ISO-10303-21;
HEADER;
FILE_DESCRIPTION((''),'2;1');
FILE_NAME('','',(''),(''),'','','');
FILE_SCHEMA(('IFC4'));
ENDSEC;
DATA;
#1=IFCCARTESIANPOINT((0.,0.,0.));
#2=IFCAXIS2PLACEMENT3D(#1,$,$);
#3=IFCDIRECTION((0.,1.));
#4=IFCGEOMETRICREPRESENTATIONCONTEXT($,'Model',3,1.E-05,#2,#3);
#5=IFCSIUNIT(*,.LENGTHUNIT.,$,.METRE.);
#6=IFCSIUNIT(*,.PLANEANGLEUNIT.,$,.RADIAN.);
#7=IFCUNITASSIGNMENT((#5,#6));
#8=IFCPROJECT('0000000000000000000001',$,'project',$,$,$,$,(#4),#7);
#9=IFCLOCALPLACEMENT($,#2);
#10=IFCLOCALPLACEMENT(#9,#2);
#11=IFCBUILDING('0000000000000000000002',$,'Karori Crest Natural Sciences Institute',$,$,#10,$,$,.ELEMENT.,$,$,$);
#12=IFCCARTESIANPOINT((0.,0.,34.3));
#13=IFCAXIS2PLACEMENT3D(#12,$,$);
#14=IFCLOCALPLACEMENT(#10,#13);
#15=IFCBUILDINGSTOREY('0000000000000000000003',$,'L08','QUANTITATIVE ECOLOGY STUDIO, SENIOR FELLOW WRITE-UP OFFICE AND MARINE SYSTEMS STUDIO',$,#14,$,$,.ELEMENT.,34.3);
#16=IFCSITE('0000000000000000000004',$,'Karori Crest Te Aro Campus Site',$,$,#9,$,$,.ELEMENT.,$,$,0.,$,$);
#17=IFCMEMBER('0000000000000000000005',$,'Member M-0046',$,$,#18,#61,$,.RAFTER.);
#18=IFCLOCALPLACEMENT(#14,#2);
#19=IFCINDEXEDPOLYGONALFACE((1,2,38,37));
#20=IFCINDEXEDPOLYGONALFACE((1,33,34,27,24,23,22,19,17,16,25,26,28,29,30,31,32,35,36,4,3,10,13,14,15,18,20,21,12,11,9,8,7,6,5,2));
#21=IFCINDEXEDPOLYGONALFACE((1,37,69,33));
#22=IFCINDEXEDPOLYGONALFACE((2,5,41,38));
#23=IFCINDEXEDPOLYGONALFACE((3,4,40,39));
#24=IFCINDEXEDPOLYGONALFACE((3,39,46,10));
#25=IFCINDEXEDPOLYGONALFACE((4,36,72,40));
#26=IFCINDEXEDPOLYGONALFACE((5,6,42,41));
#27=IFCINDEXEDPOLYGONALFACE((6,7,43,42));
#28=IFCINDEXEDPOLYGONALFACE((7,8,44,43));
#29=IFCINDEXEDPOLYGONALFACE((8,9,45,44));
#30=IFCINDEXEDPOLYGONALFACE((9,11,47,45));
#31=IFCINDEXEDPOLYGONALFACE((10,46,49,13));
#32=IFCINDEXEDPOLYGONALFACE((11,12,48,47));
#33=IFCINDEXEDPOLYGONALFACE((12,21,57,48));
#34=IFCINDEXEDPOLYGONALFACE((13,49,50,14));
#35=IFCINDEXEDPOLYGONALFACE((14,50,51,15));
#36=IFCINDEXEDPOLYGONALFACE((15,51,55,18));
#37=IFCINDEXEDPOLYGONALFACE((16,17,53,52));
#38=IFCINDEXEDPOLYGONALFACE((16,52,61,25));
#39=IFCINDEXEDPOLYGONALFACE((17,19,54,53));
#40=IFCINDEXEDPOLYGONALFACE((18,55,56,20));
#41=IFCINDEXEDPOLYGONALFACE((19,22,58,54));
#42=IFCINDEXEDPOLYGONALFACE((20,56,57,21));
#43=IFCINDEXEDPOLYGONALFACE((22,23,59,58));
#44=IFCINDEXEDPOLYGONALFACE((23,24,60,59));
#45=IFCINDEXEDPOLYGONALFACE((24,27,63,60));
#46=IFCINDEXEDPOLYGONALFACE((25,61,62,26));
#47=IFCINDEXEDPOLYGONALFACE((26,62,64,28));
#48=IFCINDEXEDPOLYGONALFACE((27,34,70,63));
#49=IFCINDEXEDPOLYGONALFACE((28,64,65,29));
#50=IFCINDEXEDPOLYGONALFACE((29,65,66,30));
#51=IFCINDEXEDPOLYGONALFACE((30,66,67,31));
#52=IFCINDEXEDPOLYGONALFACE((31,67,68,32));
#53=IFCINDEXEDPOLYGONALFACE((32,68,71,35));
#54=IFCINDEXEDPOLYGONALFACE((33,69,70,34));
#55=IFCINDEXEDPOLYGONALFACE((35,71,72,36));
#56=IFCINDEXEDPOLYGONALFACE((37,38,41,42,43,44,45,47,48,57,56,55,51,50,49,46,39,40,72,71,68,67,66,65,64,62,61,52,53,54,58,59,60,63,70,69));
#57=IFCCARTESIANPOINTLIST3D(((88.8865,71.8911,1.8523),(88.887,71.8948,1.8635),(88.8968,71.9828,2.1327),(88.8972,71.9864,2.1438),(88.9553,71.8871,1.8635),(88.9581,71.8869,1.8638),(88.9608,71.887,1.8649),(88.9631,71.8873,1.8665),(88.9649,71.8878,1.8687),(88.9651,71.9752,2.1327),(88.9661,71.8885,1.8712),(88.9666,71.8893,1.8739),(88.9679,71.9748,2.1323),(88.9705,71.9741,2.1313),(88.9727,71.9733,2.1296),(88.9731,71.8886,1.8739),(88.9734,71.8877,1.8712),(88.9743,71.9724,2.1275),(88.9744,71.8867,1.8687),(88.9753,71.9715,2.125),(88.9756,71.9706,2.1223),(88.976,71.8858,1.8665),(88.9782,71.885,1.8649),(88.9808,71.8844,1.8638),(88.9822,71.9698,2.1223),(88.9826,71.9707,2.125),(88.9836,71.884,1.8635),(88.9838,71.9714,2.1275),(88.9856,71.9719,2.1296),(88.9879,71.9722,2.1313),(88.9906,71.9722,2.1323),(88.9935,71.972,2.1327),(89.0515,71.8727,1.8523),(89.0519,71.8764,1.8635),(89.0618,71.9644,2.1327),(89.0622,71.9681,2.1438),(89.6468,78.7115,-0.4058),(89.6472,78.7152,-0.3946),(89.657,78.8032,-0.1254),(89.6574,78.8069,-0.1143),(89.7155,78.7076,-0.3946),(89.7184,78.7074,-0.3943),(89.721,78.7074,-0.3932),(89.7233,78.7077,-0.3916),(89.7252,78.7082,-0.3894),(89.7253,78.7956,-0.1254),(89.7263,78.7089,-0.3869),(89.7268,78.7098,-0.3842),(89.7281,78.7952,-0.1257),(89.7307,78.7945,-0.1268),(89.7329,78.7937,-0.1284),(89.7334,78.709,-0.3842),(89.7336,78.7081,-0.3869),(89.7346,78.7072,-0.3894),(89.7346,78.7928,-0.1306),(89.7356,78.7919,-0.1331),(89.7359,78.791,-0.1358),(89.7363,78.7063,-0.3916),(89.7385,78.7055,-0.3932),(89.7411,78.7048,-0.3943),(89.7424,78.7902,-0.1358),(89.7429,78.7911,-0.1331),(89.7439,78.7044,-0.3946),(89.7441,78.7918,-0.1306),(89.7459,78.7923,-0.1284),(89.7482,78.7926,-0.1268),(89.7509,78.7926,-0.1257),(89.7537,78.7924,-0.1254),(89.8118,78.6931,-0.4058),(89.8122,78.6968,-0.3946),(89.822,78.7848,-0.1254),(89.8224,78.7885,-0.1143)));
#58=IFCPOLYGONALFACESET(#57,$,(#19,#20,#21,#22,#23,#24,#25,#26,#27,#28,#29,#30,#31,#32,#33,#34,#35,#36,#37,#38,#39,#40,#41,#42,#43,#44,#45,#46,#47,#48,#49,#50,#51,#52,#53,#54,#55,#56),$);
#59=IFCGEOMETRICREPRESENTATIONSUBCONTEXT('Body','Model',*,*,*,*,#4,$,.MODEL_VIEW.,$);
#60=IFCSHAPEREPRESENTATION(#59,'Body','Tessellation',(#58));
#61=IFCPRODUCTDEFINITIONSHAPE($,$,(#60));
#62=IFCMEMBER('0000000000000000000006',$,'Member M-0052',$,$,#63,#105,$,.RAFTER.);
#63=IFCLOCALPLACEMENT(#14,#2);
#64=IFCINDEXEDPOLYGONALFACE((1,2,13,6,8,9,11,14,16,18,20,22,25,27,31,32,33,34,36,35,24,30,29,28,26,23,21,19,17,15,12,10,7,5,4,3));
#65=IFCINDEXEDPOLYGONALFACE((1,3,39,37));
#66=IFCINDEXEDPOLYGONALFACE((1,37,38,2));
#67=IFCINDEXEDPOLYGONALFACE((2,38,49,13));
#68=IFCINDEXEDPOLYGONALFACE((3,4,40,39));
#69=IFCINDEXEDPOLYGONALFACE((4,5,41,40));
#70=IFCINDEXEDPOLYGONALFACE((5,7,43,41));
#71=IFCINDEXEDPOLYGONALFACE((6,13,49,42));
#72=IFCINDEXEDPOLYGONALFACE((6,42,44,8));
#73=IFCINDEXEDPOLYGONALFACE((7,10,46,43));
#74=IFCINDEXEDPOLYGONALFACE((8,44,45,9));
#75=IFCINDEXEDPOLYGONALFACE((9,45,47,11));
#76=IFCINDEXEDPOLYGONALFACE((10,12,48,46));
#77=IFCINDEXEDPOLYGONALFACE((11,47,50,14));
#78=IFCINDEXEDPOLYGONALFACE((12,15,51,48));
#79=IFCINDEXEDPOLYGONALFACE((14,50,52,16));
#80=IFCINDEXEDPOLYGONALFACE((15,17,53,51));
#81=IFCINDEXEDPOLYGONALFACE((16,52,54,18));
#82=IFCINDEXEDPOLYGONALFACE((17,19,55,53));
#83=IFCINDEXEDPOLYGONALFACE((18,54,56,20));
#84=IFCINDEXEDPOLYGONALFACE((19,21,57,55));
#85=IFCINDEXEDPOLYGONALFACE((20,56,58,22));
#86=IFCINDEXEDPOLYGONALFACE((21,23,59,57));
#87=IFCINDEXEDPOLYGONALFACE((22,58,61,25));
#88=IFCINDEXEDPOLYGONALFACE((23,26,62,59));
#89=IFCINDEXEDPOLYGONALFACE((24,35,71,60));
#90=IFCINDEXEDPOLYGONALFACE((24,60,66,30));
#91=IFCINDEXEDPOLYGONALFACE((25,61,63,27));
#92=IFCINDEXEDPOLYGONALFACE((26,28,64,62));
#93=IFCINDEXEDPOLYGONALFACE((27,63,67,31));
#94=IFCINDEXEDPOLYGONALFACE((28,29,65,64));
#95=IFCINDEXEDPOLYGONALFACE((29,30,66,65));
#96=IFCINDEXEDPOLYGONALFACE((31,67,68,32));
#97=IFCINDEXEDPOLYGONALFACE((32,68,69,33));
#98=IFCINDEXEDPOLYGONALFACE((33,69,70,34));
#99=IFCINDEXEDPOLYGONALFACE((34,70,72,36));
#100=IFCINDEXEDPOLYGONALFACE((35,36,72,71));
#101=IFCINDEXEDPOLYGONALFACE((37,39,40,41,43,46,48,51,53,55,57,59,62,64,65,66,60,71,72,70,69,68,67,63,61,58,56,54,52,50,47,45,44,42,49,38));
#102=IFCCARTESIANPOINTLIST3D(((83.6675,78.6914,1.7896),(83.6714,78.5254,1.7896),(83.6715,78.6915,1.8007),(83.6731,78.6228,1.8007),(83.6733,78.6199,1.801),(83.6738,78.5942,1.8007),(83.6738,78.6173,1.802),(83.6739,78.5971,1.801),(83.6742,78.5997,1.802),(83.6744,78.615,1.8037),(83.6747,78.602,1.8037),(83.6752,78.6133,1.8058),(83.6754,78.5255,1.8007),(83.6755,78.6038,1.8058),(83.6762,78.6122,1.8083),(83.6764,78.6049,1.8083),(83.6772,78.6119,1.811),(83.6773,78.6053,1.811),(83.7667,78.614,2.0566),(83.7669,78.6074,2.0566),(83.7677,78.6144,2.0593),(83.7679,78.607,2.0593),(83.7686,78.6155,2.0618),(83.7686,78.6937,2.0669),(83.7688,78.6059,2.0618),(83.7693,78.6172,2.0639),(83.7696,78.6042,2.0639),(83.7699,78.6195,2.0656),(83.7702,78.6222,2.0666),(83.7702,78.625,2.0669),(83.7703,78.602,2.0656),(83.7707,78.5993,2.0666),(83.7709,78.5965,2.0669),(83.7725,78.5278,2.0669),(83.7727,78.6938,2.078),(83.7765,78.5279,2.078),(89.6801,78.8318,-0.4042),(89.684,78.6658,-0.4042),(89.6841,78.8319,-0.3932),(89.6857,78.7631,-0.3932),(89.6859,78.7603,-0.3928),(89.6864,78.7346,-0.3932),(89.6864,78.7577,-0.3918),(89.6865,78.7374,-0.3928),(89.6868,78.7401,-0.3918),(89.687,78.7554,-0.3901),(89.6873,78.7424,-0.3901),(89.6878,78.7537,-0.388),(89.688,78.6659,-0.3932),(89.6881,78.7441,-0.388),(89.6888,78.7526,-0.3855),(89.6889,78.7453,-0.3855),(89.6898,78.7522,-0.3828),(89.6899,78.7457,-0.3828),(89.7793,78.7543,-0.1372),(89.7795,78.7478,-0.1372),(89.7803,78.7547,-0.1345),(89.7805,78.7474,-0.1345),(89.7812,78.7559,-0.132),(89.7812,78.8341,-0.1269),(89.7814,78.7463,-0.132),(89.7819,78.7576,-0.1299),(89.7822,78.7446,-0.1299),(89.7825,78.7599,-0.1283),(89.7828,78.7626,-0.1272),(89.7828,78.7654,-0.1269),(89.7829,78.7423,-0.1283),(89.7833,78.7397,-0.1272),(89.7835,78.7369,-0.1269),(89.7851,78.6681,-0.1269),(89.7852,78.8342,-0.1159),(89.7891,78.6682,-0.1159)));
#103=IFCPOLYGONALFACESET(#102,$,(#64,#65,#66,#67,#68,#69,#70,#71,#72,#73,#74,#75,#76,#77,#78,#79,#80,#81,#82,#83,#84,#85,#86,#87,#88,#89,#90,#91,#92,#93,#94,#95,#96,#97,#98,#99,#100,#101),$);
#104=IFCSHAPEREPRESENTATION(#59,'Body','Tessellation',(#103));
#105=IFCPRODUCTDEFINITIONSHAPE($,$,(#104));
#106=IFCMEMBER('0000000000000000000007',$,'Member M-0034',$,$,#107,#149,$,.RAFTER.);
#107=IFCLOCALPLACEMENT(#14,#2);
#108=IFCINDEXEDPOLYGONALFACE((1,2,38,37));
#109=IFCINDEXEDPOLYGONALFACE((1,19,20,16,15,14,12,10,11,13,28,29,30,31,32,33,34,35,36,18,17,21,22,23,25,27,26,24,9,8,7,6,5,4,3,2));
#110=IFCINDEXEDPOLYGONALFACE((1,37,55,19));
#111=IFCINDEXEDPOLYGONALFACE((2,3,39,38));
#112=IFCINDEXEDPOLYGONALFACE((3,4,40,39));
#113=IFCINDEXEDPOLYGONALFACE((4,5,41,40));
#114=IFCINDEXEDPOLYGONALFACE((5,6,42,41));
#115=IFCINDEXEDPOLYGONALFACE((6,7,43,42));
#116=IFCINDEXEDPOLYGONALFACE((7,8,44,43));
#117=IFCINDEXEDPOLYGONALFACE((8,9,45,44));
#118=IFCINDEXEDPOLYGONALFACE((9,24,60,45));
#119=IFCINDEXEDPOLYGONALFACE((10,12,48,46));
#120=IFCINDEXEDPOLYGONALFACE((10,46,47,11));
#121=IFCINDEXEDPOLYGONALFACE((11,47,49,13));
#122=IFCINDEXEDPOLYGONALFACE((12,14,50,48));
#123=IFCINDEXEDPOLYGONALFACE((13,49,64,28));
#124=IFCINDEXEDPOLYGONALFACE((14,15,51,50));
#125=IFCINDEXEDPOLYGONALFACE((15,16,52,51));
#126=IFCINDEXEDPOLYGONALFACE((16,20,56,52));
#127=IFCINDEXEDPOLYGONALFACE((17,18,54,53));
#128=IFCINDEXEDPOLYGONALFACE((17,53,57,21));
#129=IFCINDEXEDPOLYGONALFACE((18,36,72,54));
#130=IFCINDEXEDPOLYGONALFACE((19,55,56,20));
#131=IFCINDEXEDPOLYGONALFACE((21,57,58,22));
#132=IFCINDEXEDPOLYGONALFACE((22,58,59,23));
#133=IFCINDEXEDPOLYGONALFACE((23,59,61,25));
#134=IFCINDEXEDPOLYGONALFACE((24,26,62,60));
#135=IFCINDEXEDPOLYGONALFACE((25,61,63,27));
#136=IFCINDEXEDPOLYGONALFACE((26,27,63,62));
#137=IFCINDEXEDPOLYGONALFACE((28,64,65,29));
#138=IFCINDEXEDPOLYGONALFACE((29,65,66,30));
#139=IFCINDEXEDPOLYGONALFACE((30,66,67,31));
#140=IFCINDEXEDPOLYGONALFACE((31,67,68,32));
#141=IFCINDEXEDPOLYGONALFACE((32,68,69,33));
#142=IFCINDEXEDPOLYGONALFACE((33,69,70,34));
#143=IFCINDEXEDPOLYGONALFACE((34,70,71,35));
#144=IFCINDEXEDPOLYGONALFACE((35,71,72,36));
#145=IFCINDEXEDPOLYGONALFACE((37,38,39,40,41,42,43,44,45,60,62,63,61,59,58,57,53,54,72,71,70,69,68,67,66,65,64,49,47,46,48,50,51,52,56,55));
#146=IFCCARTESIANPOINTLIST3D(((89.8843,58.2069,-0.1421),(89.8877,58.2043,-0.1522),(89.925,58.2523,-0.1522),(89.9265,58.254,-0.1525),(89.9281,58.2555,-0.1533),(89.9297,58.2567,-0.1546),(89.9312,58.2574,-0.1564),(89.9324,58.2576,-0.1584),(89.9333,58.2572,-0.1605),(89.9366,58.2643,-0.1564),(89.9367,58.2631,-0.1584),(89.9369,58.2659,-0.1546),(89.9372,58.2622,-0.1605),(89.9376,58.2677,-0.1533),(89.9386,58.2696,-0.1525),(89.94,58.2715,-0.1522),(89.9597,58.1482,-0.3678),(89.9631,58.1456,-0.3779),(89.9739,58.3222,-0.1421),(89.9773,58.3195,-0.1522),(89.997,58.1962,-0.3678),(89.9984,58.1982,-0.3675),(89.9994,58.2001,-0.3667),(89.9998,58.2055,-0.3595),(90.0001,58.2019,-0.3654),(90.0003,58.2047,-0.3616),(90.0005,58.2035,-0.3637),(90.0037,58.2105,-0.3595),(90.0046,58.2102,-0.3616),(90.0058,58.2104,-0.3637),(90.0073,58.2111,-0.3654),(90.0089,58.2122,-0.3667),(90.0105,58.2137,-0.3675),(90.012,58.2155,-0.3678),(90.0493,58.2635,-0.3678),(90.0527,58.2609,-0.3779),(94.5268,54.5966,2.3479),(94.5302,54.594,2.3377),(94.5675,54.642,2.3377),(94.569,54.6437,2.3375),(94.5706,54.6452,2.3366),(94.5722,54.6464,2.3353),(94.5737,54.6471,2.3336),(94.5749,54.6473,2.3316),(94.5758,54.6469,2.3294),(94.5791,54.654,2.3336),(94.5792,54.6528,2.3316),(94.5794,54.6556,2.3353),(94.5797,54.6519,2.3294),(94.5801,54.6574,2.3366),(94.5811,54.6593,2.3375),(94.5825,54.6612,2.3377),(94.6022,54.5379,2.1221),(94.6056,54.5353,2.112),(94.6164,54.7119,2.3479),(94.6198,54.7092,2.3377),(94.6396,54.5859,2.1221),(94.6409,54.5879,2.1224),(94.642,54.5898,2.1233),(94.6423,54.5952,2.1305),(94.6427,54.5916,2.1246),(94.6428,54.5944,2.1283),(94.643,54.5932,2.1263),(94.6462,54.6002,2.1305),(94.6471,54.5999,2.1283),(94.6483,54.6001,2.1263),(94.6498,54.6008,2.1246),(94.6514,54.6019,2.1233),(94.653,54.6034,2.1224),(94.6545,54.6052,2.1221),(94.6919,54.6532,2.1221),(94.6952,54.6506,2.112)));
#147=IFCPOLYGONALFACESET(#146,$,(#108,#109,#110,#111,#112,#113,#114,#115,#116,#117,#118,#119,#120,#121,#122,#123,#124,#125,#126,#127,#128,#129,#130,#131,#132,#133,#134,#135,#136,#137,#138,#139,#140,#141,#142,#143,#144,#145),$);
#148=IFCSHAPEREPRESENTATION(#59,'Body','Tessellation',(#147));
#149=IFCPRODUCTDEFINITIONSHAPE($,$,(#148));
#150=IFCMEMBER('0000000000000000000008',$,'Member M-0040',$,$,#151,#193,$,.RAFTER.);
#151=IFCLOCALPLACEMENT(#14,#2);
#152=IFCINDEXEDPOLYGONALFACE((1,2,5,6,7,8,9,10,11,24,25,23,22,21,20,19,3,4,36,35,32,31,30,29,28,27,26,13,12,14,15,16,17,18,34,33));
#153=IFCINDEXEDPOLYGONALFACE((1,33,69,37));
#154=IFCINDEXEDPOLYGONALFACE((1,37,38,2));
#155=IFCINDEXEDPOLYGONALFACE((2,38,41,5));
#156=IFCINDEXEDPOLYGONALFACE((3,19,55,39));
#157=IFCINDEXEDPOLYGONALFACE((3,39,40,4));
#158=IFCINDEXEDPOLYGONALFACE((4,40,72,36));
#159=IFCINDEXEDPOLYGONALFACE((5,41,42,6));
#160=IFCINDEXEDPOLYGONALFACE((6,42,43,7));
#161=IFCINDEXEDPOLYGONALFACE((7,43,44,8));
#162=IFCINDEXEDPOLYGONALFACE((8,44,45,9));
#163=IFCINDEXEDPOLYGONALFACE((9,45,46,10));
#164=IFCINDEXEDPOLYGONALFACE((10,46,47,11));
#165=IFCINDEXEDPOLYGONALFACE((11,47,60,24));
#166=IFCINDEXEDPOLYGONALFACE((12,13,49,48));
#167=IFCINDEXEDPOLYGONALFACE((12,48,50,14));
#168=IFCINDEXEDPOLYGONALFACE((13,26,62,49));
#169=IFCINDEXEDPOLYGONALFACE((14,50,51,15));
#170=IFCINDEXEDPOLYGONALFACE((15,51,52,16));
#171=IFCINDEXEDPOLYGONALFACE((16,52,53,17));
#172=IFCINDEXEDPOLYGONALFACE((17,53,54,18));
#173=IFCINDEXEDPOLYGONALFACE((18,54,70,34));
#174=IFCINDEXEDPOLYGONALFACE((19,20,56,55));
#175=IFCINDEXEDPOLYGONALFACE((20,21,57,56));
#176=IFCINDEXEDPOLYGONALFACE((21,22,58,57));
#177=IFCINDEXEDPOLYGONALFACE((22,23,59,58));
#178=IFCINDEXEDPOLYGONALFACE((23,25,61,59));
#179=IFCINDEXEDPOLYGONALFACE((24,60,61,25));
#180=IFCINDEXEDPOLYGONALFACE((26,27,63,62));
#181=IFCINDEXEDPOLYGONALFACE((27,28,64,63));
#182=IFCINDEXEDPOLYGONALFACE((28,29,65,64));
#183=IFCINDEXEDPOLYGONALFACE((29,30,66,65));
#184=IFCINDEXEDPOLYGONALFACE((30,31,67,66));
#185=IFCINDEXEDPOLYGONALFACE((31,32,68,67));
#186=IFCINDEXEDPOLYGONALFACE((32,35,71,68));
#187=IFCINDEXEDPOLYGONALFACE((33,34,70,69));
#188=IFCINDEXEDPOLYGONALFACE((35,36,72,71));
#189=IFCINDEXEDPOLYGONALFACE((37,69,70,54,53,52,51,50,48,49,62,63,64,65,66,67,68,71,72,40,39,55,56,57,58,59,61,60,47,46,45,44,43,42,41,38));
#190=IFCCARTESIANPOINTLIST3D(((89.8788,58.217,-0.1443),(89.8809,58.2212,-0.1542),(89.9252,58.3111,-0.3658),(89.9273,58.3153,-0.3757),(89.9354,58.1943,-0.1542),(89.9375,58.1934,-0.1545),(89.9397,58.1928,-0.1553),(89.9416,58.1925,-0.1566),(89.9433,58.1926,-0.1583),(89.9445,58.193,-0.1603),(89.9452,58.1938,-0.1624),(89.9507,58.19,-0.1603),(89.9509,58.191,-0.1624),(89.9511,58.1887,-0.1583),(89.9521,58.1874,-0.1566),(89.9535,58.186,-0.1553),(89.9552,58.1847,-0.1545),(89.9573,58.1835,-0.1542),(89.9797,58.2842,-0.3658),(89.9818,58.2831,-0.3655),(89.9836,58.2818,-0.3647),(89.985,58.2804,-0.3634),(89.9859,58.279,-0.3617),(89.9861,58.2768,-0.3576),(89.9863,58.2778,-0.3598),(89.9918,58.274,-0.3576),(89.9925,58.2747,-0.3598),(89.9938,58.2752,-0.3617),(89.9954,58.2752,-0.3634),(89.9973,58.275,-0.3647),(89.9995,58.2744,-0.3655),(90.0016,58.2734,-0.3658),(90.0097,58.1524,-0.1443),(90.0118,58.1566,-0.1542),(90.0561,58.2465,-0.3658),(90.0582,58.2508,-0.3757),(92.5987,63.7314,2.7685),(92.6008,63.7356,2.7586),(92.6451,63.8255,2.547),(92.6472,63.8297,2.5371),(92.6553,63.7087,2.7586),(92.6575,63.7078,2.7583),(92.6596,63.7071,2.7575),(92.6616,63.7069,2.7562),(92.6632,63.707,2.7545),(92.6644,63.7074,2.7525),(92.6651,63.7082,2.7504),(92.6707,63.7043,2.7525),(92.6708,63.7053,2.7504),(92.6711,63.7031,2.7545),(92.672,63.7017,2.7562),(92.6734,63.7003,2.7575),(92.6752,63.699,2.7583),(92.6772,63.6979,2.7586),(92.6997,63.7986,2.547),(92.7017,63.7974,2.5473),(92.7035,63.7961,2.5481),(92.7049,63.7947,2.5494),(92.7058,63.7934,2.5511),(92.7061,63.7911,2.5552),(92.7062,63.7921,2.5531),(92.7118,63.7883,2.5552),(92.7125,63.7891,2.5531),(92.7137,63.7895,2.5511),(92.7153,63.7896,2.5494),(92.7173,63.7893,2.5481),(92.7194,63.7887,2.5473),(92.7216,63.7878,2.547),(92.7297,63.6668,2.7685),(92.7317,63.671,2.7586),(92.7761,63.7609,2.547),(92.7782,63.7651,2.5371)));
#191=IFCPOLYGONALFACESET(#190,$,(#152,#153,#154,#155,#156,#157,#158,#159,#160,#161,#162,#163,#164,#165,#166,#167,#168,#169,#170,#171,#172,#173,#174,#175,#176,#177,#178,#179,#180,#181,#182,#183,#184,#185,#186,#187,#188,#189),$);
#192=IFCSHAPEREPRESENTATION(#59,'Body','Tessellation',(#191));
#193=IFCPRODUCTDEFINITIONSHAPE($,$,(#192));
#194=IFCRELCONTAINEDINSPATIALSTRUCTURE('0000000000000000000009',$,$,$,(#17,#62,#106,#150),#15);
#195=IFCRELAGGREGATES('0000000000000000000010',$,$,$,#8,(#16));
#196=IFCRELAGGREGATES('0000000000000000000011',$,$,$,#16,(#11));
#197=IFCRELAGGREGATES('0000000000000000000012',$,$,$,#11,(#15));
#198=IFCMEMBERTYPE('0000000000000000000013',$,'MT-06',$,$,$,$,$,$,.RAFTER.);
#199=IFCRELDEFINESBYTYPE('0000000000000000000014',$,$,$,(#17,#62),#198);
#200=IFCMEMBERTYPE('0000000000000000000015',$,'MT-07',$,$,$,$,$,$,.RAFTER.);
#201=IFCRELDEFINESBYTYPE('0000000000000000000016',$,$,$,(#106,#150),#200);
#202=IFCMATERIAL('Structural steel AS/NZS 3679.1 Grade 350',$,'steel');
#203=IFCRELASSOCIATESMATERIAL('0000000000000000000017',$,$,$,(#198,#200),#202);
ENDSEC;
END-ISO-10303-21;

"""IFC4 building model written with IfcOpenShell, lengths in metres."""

from ifc_helpers import new_model, si_unit, direction, frame, origin, origin_2d, place, context, subcontext, project, spatial, i_section, extrude, material, material_profile, profile_set, type_object, element, save


model = new_model("IFC4")

# Units and contexts
model_context = context("Model", 3, precision=1e-05, world=origin(), true_north=direction((0.0, 1.0)))
body_context = subcontext(model_context, "Body", "Model", "MODEL_VIEW")
ifc_project = project(units=[si_unit("LENGTHUNIT", "METRE"), si_unit("PLANEANGLEUNIT", "RADIAN")], contexts=[model_context])

# Site, building, storey
site_placement = place(None, origin())
site = spatial("IfcSite", under=ifc_project, at=site_placement, Name="Karori Crest Te Aro Campus Site", CompositionType="ELEMENT", RefElevation=0.0)
building_placement = place(site_placement, origin())
building = spatial("IfcBuilding", under=site, at=building_placement, Name="Karori Crest Natural Sciences Institute", CompositionType="ELEMENT")
storey_placement = place(building_placement, frame((0.0, 0.0, 34.3)))
storey = spatial("IfcBuildingStorey", under=building, at=storey_placement, Name="L08", Description="QUANTITATIVE ECOLOGY STUDIO, SENIOR FELLOW WRITE-UP OFFICE AND MARINE SYSTEMS STUDIO", CompositionType="ELEMENT", Elevation=34.3)

# Members
ifc_material_1 = material(Name="Structural steel AS/NZS 3679.1 Grade 350", Category="steel")
ifc_material_profile_1 = material_profile(ifc_material_1, i_section(OverallWidth=0.166, OverallDepth=0.3069, WebThickness=0.0066, FlangeThickness=0.0117, FilletRadius=0.011, at=origin_2d()), Name="310UB46.2")
ifc_profile_set_1 = profile_set([ifc_material_profile_1], Name="Structural steel AS/NZS 3679.1 Grade 350")
member_type_1 = type_object("IfcMemberType", Name="MT-06", PredefinedType="RAFTER", material=ifc_profile_set_1)
member_1_placement = place(storey_placement, frame((89.7346, 78.75, -0.26), z_axis=(-0.105233, -0.944053, 0.312555), x_axis=(0.993845, -0.110783, 0.0)))
element("IfcMember", 1, at=member_1_placement, inside=storey, type_object=member_type_1, Name="Member M-0046", PredefinedType="RAFTER", context=body_context, shape_type="SweptSolid", body=[
    extrude(i_section(OverallWidth=0.166, OverallDepth=0.3069, WebThickness=0.0066, FlangeThickness=0.0117, FilletRadius=0.011, at=origin_2d()), origin(), (0.0, 0.0, 1.0), 7.2246),
])
member_2_placement = place(storey_placement, frame((89.7346, 78.75, -0.26), z_axis=(-0.939195, -0.021928, 0.342683), x_axis=(0.023341, -0.999728, 0.0)))
element("IfcMember", 2, at=member_2_placement, inside=storey, type_object=member_type_1, Name="Member M-0052", PredefinedType="RAFTER", context=body_context, shape_type="SweptSolid", body=[
    extrude(i_section(OverallWidth=0.166, OverallDepth=0.3069, WebThickness=0.0066, FlangeThickness=0.0117, FilletRadius=0.011, at=origin_2d()), origin(), (0.0, 0.0, 1.0), 6.4019),
])
ifc_material_profile_2 = material_profile(ifc_material_1, i_section(OverallWidth=0.146, OverallDepth=0.2561, WebThickness=0.0063, FlangeThickness=0.011, FilletRadius=0.009, at=origin_2d()), Name="250UB37.3")
ifc_profile_set_2 = profile_set([ifc_material_profile_2], Name="Structural steel AS/NZS 3679.1 Grade 350")
member_type_2 = type_object("IfcMemberType", Name="MT-07", PredefinedType="RAFTER", material=ifc_profile_set_2)
member_3_placement = place(storey_placement, frame((89.9685, 58.2339, -0.26), z_axis=(0.726929, -0.565304, 0.389879), x_axis=(0.613883, 0.789397, 0.0)))
element("IfcMember", 3, at=member_3_placement, inside=storey, type_object=member_type_2, Name="Member M-0034", PredefinedType="RAFTER", context=body_context, shape_type="SweptSolid", body=[
    extrude(i_section(OverallWidth=0.146, OverallDepth=0.2561, WebThickness=0.0063, FlangeThickness=0.011, FilletRadius=0.009, at=origin_2d()), origin(), (0.0, 0.0, 1.0), 6.3865),
])
member_4_placement = place(storey_placement, frame((89.9685, 58.2339, -0.26), z_axis=(0.399773, 0.81049, 0.428121), x_axis=(-0.896836, 0.442363, 0.0)))
element("IfcMember", 4, at=member_4_placement, inside=storey, type_object=member_type_2, Name="Member M-0040", PredefinedType="RAFTER", context=body_context, shape_type="SweptSolid", body=[
    extrude(i_section(OverallWidth=0.146, OverallDepth=0.2561, WebThickness=0.0063, FlangeThickness=0.011, FilletRadius=0.009, at=origin_2d()), origin(), (0.0, 0.0, 1.0), 6.8037),
])

save(model, "model.ifc")
